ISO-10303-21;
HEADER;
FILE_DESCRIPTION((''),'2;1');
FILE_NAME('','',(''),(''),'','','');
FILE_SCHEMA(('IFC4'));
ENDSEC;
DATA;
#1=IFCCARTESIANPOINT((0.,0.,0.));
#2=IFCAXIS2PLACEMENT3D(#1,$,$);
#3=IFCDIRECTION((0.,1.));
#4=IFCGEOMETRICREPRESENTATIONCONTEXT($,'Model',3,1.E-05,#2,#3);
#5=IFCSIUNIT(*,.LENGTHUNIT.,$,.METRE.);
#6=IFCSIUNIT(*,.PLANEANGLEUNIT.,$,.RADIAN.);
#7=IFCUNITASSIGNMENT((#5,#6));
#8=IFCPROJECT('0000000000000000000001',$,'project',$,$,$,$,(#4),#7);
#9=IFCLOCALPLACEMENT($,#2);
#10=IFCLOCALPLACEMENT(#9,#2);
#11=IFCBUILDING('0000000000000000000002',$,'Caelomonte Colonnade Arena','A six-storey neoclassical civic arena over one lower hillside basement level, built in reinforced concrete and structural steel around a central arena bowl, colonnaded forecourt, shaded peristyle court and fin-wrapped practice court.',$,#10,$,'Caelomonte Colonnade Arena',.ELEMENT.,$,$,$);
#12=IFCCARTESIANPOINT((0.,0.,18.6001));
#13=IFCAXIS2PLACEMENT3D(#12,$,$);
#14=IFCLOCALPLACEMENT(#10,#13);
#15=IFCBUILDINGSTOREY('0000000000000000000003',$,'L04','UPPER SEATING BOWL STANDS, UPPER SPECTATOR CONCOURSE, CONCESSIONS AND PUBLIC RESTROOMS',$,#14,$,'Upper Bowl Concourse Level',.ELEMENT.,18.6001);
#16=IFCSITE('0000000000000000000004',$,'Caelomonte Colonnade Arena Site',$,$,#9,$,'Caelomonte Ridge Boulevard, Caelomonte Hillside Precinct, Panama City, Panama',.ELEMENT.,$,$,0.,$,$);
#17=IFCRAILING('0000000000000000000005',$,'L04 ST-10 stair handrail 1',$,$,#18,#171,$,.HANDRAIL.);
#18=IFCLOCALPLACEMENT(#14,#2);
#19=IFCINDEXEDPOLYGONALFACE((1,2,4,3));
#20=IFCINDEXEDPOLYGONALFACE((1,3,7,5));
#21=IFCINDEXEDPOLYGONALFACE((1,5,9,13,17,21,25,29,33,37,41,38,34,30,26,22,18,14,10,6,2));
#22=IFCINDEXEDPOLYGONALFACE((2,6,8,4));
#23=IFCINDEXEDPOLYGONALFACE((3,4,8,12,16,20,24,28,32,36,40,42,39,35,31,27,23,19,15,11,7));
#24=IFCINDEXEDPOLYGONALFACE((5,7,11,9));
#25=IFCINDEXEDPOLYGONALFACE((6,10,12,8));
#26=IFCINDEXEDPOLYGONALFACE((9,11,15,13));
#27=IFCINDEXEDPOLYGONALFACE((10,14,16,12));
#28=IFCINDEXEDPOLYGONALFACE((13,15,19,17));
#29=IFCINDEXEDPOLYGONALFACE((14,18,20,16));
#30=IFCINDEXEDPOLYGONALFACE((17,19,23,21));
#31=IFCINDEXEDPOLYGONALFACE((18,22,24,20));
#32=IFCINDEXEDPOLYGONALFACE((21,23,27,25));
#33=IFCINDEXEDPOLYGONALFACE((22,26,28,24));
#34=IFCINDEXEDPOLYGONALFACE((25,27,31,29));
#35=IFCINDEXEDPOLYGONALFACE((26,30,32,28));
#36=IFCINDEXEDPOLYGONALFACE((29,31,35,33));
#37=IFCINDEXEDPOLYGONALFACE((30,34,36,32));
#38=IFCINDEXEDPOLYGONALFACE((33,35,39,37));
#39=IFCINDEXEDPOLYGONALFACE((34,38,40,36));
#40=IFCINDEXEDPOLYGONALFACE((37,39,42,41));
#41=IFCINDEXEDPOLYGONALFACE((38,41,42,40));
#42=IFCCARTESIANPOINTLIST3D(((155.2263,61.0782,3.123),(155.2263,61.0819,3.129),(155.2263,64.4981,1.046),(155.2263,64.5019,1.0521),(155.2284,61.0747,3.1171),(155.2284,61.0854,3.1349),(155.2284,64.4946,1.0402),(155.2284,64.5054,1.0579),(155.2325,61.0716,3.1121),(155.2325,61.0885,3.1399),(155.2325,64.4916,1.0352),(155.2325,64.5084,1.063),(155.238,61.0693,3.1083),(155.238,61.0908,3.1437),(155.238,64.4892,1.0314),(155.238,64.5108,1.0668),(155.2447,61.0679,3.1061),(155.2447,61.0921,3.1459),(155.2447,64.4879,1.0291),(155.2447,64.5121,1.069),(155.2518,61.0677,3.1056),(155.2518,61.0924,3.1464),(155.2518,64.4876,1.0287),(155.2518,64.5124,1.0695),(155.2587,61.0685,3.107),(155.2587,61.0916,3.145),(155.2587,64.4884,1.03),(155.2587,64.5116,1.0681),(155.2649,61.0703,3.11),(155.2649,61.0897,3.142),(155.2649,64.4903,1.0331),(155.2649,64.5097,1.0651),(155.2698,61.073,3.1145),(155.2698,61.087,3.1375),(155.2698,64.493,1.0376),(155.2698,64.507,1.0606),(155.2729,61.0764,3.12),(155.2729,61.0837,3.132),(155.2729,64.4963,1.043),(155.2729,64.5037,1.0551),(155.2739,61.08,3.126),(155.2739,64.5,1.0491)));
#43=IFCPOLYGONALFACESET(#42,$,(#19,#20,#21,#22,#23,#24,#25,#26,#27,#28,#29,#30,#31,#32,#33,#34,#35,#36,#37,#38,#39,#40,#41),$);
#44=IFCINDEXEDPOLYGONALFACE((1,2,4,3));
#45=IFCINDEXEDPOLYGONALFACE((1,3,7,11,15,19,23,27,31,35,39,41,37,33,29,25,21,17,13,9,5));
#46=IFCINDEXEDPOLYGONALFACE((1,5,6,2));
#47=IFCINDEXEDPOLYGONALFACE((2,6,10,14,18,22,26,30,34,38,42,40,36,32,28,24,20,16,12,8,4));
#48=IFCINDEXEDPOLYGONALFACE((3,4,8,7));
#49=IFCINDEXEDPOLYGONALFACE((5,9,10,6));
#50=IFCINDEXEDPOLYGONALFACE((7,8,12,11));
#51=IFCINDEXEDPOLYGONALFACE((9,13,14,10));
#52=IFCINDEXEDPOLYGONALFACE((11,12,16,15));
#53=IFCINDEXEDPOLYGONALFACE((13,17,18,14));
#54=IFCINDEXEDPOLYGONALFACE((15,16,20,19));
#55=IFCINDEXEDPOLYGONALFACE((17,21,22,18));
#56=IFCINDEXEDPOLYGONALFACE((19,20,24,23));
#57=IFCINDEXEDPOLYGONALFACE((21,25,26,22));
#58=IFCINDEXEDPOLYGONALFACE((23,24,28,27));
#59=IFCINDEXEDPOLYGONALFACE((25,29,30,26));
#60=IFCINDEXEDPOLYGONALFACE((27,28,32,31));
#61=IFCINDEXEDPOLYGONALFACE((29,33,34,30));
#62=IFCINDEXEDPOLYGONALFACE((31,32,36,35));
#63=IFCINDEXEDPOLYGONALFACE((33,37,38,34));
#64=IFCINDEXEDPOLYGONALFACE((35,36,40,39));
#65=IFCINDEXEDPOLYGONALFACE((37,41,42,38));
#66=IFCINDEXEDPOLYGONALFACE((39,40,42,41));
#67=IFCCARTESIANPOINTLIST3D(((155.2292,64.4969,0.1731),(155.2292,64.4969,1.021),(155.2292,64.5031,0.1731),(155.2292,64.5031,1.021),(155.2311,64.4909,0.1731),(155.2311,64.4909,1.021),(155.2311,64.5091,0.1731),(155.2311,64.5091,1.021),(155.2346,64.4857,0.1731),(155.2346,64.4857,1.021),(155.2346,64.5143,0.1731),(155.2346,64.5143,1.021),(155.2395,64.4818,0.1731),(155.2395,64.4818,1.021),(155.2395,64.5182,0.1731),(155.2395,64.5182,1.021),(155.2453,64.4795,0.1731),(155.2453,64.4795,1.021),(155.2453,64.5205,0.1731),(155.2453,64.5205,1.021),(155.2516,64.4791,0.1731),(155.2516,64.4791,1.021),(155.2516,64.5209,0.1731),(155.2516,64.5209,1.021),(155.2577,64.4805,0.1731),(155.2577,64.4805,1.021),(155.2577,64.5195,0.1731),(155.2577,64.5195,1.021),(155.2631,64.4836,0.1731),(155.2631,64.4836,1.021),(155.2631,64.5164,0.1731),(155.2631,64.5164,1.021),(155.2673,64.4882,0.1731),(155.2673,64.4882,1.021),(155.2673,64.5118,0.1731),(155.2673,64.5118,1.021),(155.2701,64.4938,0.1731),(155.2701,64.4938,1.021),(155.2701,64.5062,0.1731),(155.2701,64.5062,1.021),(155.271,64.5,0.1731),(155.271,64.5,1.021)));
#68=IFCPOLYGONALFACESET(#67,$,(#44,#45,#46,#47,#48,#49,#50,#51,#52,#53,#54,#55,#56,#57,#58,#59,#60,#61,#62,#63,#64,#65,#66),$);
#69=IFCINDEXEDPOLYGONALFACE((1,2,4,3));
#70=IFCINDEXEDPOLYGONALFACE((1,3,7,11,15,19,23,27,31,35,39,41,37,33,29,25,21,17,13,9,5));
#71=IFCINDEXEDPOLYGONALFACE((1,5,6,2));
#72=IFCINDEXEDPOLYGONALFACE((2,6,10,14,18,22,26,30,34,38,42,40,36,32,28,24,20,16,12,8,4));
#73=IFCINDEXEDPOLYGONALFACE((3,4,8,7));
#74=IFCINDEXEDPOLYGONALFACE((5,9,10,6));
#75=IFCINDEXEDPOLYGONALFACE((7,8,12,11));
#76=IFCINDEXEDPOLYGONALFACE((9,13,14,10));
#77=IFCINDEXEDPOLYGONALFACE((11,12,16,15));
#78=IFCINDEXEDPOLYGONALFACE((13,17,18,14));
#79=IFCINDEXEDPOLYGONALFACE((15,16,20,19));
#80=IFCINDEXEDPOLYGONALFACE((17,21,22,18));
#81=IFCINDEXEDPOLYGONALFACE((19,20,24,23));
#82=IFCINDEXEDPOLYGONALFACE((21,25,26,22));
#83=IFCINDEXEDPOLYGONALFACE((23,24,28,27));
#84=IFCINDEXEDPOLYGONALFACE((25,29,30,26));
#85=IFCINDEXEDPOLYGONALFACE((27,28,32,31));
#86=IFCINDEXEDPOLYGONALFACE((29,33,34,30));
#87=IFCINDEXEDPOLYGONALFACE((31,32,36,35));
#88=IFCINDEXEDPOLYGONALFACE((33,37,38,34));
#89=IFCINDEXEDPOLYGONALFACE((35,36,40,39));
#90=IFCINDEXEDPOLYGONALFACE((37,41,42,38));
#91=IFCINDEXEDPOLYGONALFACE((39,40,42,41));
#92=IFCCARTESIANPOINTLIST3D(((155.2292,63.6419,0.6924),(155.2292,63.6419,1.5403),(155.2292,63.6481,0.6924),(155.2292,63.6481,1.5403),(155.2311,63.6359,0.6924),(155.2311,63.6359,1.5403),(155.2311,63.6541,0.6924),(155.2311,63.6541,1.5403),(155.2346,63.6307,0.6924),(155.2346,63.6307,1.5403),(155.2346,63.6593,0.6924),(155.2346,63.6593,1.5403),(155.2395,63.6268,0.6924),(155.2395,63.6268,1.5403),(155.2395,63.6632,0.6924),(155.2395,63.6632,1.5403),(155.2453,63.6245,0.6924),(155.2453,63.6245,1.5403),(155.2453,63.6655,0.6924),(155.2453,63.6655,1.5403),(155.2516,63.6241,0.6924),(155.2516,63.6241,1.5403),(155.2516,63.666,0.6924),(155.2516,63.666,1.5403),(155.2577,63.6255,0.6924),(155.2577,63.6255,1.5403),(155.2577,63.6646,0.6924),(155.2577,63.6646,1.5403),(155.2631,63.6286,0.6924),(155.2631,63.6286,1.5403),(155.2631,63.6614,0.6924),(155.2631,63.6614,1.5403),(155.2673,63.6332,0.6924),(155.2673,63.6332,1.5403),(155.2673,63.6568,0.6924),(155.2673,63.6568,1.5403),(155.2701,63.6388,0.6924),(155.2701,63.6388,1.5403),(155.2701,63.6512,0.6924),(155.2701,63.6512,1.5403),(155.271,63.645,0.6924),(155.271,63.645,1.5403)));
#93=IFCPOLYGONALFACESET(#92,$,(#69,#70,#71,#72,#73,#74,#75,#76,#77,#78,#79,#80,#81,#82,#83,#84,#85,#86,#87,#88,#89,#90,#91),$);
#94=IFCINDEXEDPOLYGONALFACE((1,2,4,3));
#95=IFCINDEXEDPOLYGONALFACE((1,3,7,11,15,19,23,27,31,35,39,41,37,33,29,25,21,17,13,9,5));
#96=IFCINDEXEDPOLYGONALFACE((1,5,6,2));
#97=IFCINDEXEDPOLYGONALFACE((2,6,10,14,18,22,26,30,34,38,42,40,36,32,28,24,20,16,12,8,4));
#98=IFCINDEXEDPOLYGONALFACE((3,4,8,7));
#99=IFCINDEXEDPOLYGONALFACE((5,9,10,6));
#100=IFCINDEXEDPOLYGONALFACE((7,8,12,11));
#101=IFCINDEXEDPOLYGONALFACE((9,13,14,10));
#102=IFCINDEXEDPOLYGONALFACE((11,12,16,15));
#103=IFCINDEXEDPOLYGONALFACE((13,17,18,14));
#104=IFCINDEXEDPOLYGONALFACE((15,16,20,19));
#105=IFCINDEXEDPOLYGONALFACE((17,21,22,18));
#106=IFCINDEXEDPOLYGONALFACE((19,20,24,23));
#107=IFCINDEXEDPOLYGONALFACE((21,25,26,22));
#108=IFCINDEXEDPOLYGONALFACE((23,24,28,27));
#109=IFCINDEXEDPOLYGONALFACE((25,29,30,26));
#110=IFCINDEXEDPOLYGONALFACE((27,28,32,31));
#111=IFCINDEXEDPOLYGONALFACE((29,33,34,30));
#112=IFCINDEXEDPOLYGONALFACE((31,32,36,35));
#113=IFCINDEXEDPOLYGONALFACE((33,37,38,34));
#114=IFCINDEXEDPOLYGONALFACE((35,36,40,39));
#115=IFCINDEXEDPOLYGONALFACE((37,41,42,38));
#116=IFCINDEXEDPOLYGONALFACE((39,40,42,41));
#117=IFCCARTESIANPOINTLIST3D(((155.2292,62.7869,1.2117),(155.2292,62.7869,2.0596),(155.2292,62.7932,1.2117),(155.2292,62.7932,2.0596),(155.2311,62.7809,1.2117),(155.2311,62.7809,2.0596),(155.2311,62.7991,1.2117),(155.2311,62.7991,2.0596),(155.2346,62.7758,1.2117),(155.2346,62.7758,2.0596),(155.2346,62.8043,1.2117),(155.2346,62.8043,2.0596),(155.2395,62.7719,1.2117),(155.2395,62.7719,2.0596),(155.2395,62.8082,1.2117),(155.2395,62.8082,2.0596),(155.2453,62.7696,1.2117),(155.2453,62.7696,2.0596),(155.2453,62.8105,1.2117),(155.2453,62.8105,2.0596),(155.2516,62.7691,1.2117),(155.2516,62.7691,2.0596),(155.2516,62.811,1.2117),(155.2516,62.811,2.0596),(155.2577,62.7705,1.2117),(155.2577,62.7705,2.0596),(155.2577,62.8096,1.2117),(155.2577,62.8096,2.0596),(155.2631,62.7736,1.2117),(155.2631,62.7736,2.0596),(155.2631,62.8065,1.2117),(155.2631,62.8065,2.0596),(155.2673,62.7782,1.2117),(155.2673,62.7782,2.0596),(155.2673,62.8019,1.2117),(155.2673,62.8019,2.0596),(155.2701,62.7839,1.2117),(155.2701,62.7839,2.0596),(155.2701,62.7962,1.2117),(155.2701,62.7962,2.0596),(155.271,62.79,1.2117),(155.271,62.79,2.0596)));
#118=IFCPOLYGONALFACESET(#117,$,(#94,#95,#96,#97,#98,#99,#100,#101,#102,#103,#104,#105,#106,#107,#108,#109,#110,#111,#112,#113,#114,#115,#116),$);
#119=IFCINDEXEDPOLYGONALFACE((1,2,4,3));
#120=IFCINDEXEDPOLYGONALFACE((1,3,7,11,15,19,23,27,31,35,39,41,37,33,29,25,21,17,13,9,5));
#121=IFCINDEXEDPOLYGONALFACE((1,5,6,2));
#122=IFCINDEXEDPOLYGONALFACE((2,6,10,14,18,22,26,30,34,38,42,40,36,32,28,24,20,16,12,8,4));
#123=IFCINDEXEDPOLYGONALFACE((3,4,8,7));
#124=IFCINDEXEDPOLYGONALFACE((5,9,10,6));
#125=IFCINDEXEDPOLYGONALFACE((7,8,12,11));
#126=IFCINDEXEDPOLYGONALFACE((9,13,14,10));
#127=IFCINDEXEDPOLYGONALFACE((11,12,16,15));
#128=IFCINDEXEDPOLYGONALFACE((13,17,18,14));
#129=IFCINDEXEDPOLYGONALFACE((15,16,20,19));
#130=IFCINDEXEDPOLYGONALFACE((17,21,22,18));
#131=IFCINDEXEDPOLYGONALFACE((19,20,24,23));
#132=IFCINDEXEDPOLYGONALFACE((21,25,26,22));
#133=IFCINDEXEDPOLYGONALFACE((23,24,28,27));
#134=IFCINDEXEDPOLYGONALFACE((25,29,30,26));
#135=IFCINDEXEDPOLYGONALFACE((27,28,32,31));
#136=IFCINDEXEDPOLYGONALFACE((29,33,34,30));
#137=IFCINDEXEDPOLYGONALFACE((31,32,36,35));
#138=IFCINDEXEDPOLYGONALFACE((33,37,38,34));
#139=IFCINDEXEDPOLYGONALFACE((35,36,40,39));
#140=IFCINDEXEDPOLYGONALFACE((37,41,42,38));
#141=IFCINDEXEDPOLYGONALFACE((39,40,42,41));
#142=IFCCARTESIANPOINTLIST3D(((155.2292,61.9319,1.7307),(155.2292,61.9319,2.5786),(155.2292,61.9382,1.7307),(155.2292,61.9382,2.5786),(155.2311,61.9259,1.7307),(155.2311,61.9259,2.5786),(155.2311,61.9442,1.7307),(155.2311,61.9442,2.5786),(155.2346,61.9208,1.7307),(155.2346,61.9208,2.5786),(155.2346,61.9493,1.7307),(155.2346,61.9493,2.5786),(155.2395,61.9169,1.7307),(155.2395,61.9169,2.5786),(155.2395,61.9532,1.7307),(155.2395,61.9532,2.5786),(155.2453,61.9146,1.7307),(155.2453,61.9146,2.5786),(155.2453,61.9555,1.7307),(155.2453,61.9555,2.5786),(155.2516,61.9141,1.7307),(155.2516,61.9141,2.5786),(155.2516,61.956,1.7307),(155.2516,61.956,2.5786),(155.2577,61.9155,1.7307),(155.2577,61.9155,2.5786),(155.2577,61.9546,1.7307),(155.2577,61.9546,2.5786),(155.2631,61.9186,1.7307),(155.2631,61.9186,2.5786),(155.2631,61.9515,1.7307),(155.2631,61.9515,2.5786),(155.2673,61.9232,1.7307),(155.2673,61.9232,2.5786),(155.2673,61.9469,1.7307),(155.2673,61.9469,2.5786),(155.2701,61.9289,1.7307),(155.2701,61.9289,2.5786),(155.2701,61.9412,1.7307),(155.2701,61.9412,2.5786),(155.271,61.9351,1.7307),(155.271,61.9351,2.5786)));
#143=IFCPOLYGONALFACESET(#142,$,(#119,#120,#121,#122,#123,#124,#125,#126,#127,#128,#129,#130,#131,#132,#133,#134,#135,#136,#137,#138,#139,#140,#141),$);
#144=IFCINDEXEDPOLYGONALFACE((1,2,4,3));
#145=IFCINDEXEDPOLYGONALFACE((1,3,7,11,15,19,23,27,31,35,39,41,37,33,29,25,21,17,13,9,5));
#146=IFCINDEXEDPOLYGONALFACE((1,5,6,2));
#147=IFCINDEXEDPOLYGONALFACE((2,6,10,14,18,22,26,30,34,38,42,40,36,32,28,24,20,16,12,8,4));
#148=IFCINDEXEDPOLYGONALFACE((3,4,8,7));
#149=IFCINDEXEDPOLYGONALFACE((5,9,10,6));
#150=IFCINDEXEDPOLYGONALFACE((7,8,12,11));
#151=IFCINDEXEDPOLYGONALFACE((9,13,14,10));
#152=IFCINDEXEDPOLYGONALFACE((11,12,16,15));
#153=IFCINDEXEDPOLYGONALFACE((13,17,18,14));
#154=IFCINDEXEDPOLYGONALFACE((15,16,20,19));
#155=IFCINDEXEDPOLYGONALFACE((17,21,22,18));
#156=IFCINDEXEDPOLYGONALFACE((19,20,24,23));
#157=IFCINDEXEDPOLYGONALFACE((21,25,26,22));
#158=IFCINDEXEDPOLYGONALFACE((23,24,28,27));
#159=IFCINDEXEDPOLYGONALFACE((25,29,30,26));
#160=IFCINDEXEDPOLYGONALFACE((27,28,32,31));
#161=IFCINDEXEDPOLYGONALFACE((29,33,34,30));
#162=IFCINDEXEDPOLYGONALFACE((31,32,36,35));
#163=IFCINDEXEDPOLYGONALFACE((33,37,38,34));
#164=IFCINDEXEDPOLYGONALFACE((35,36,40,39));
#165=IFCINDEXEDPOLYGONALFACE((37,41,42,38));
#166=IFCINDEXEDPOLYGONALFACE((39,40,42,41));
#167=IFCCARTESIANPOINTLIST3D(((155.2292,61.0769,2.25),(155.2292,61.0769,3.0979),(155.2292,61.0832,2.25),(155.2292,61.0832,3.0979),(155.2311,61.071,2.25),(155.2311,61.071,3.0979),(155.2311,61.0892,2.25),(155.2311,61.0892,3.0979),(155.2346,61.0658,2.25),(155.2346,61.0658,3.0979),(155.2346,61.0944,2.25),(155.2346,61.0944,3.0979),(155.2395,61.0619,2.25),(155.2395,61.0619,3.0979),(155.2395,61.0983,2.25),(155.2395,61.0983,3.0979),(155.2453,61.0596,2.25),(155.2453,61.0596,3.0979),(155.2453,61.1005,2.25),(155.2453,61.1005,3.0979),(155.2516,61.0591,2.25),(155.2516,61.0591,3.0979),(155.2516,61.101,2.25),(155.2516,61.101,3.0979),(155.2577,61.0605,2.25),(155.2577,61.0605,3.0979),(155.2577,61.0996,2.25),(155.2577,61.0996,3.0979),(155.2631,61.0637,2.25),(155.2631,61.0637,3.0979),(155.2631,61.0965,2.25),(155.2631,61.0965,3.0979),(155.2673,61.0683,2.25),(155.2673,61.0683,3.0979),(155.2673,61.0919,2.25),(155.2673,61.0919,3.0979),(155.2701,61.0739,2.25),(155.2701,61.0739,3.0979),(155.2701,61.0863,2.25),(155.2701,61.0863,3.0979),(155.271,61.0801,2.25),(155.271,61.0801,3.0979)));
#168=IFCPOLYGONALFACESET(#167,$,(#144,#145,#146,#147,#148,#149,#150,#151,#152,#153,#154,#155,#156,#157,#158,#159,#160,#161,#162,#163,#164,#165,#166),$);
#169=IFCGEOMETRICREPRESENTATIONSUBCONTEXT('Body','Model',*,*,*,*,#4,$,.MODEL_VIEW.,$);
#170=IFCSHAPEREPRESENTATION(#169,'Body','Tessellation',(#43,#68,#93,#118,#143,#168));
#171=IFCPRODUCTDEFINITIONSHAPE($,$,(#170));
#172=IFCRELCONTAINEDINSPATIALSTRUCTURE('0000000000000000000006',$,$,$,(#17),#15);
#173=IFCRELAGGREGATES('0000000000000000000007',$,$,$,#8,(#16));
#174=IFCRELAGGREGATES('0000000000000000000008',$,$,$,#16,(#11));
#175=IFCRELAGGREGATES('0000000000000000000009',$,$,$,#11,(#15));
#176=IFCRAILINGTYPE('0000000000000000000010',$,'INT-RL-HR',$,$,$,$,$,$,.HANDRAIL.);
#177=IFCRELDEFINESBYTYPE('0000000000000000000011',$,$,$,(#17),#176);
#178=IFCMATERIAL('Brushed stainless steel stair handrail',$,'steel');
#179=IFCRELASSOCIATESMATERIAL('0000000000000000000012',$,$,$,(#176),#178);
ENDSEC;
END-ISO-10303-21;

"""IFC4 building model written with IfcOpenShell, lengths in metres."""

from ifc_helpers import new_model, si_unit, direction, frame, origin, origin_2d, place, context, subcontext, project, spatial, circle, extrude, material, type_object, element, save


model = new_model("IFC4")

# Units and contexts
model_context = context("Model", 3, precision=1e-05, world=origin(), true_north=direction((0.0, 1.0)))
body_context = subcontext(model_context, "Body", "Model", "MODEL_VIEW")
ifc_project = project(units=[si_unit("LENGTHUNIT", "METRE"), si_unit("PLANEANGLEUNIT", "RADIAN")], contexts=[model_context])

# Site, building, storey
site_placement = place(None, origin())
site = spatial("IfcSite", under=ifc_project, at=site_placement, Name="Caelomonte Colonnade Arena Site", LongName="Caelomonte Ridge Boulevard, Caelomonte Hillside Precinct, Panama City, Panama", CompositionType="ELEMENT", RefElevation=0.0)
building_placement = place(site_placement, origin())
building = spatial("IfcBuilding", under=site, at=building_placement, Name="Caelomonte Colonnade Arena", Description="A six-storey neoclassical civic arena over one lower hillside basement level, built in reinforced concrete and structural steel around a central arena bowl, colonnaded forecourt, shaded peristyle court and fin-wrapped practice court.", LongName="Caelomonte Colonnade Arena", CompositionType="ELEMENT")
storey_placement = place(building_placement, frame((0.0, 0.0, 18.6001)))
storey = spatial("IfcBuildingStorey", under=building, at=storey_placement, Name="L04", Description="UPPER SEATING BOWL STANDS, UPPER SPECTATOR CONCOURSE, CONCESSIONS AND PUBLIC RESTROOMS", LongName="Upper Bowl Concourse Level", CompositionType="ELEMENT", Elevation=18.6001)

# Railing
ifc_material_1 = material(Name="Brushed stainless steel stair handrail", Category="steel")
railing_type_1 = type_object("IfcRailingType", Name="INT-RL-HR", PredefinedType="HANDRAIL", material=ifc_material_1)
railing_1_placement = place(storey_placement, frame((155.25, 64.5, 0.1731)))
element("IfcRailing", 1, at=railing_1_placement, inside=storey, type_object=railing_type_1, Name="L04 ST-10 stair handrail 1", PredefinedType="HANDRAIL", context=body_context, shape_type="SweptSolid", body=[
    extrude(circle(Radius=0.0239, at=origin_2d()), frame((0.0, 0.0, 0.876), z_axis=(0.0, -0.85473, 0.519074), x_axis=(1.0, 0.0, 0.0)), (0.0, 0.0, 1.0), 4.0012),
    extrude(circle(Radius=0.021, at=origin_2d()), origin(), (0.0, 0.0, 1.0), 0.8479),
    extrude(circle(Radius=0.021, at=origin_2d()), frame((0.0, -0.855, 0.5193)), (0.0, 0.0, 1.0), 0.8479),
    extrude(circle(Radius=0.021, at=origin_2d()), frame((0.0, -1.71, 1.0386)), (0.0, 0.0, 1.0), 0.8479),
    extrude(circle(Radius=0.021, at=origin_2d()), frame((0.0, -2.5649, 1.5576)), (0.0, 0.0, 1.0), 0.8479),
    extrude(circle(Radius=0.021, at=origin_2d()), frame((0.0, -3.4199, 2.0769)), (0.0, 0.0, 1.0), 0.8479),
])

save(model, "model.ifc")
